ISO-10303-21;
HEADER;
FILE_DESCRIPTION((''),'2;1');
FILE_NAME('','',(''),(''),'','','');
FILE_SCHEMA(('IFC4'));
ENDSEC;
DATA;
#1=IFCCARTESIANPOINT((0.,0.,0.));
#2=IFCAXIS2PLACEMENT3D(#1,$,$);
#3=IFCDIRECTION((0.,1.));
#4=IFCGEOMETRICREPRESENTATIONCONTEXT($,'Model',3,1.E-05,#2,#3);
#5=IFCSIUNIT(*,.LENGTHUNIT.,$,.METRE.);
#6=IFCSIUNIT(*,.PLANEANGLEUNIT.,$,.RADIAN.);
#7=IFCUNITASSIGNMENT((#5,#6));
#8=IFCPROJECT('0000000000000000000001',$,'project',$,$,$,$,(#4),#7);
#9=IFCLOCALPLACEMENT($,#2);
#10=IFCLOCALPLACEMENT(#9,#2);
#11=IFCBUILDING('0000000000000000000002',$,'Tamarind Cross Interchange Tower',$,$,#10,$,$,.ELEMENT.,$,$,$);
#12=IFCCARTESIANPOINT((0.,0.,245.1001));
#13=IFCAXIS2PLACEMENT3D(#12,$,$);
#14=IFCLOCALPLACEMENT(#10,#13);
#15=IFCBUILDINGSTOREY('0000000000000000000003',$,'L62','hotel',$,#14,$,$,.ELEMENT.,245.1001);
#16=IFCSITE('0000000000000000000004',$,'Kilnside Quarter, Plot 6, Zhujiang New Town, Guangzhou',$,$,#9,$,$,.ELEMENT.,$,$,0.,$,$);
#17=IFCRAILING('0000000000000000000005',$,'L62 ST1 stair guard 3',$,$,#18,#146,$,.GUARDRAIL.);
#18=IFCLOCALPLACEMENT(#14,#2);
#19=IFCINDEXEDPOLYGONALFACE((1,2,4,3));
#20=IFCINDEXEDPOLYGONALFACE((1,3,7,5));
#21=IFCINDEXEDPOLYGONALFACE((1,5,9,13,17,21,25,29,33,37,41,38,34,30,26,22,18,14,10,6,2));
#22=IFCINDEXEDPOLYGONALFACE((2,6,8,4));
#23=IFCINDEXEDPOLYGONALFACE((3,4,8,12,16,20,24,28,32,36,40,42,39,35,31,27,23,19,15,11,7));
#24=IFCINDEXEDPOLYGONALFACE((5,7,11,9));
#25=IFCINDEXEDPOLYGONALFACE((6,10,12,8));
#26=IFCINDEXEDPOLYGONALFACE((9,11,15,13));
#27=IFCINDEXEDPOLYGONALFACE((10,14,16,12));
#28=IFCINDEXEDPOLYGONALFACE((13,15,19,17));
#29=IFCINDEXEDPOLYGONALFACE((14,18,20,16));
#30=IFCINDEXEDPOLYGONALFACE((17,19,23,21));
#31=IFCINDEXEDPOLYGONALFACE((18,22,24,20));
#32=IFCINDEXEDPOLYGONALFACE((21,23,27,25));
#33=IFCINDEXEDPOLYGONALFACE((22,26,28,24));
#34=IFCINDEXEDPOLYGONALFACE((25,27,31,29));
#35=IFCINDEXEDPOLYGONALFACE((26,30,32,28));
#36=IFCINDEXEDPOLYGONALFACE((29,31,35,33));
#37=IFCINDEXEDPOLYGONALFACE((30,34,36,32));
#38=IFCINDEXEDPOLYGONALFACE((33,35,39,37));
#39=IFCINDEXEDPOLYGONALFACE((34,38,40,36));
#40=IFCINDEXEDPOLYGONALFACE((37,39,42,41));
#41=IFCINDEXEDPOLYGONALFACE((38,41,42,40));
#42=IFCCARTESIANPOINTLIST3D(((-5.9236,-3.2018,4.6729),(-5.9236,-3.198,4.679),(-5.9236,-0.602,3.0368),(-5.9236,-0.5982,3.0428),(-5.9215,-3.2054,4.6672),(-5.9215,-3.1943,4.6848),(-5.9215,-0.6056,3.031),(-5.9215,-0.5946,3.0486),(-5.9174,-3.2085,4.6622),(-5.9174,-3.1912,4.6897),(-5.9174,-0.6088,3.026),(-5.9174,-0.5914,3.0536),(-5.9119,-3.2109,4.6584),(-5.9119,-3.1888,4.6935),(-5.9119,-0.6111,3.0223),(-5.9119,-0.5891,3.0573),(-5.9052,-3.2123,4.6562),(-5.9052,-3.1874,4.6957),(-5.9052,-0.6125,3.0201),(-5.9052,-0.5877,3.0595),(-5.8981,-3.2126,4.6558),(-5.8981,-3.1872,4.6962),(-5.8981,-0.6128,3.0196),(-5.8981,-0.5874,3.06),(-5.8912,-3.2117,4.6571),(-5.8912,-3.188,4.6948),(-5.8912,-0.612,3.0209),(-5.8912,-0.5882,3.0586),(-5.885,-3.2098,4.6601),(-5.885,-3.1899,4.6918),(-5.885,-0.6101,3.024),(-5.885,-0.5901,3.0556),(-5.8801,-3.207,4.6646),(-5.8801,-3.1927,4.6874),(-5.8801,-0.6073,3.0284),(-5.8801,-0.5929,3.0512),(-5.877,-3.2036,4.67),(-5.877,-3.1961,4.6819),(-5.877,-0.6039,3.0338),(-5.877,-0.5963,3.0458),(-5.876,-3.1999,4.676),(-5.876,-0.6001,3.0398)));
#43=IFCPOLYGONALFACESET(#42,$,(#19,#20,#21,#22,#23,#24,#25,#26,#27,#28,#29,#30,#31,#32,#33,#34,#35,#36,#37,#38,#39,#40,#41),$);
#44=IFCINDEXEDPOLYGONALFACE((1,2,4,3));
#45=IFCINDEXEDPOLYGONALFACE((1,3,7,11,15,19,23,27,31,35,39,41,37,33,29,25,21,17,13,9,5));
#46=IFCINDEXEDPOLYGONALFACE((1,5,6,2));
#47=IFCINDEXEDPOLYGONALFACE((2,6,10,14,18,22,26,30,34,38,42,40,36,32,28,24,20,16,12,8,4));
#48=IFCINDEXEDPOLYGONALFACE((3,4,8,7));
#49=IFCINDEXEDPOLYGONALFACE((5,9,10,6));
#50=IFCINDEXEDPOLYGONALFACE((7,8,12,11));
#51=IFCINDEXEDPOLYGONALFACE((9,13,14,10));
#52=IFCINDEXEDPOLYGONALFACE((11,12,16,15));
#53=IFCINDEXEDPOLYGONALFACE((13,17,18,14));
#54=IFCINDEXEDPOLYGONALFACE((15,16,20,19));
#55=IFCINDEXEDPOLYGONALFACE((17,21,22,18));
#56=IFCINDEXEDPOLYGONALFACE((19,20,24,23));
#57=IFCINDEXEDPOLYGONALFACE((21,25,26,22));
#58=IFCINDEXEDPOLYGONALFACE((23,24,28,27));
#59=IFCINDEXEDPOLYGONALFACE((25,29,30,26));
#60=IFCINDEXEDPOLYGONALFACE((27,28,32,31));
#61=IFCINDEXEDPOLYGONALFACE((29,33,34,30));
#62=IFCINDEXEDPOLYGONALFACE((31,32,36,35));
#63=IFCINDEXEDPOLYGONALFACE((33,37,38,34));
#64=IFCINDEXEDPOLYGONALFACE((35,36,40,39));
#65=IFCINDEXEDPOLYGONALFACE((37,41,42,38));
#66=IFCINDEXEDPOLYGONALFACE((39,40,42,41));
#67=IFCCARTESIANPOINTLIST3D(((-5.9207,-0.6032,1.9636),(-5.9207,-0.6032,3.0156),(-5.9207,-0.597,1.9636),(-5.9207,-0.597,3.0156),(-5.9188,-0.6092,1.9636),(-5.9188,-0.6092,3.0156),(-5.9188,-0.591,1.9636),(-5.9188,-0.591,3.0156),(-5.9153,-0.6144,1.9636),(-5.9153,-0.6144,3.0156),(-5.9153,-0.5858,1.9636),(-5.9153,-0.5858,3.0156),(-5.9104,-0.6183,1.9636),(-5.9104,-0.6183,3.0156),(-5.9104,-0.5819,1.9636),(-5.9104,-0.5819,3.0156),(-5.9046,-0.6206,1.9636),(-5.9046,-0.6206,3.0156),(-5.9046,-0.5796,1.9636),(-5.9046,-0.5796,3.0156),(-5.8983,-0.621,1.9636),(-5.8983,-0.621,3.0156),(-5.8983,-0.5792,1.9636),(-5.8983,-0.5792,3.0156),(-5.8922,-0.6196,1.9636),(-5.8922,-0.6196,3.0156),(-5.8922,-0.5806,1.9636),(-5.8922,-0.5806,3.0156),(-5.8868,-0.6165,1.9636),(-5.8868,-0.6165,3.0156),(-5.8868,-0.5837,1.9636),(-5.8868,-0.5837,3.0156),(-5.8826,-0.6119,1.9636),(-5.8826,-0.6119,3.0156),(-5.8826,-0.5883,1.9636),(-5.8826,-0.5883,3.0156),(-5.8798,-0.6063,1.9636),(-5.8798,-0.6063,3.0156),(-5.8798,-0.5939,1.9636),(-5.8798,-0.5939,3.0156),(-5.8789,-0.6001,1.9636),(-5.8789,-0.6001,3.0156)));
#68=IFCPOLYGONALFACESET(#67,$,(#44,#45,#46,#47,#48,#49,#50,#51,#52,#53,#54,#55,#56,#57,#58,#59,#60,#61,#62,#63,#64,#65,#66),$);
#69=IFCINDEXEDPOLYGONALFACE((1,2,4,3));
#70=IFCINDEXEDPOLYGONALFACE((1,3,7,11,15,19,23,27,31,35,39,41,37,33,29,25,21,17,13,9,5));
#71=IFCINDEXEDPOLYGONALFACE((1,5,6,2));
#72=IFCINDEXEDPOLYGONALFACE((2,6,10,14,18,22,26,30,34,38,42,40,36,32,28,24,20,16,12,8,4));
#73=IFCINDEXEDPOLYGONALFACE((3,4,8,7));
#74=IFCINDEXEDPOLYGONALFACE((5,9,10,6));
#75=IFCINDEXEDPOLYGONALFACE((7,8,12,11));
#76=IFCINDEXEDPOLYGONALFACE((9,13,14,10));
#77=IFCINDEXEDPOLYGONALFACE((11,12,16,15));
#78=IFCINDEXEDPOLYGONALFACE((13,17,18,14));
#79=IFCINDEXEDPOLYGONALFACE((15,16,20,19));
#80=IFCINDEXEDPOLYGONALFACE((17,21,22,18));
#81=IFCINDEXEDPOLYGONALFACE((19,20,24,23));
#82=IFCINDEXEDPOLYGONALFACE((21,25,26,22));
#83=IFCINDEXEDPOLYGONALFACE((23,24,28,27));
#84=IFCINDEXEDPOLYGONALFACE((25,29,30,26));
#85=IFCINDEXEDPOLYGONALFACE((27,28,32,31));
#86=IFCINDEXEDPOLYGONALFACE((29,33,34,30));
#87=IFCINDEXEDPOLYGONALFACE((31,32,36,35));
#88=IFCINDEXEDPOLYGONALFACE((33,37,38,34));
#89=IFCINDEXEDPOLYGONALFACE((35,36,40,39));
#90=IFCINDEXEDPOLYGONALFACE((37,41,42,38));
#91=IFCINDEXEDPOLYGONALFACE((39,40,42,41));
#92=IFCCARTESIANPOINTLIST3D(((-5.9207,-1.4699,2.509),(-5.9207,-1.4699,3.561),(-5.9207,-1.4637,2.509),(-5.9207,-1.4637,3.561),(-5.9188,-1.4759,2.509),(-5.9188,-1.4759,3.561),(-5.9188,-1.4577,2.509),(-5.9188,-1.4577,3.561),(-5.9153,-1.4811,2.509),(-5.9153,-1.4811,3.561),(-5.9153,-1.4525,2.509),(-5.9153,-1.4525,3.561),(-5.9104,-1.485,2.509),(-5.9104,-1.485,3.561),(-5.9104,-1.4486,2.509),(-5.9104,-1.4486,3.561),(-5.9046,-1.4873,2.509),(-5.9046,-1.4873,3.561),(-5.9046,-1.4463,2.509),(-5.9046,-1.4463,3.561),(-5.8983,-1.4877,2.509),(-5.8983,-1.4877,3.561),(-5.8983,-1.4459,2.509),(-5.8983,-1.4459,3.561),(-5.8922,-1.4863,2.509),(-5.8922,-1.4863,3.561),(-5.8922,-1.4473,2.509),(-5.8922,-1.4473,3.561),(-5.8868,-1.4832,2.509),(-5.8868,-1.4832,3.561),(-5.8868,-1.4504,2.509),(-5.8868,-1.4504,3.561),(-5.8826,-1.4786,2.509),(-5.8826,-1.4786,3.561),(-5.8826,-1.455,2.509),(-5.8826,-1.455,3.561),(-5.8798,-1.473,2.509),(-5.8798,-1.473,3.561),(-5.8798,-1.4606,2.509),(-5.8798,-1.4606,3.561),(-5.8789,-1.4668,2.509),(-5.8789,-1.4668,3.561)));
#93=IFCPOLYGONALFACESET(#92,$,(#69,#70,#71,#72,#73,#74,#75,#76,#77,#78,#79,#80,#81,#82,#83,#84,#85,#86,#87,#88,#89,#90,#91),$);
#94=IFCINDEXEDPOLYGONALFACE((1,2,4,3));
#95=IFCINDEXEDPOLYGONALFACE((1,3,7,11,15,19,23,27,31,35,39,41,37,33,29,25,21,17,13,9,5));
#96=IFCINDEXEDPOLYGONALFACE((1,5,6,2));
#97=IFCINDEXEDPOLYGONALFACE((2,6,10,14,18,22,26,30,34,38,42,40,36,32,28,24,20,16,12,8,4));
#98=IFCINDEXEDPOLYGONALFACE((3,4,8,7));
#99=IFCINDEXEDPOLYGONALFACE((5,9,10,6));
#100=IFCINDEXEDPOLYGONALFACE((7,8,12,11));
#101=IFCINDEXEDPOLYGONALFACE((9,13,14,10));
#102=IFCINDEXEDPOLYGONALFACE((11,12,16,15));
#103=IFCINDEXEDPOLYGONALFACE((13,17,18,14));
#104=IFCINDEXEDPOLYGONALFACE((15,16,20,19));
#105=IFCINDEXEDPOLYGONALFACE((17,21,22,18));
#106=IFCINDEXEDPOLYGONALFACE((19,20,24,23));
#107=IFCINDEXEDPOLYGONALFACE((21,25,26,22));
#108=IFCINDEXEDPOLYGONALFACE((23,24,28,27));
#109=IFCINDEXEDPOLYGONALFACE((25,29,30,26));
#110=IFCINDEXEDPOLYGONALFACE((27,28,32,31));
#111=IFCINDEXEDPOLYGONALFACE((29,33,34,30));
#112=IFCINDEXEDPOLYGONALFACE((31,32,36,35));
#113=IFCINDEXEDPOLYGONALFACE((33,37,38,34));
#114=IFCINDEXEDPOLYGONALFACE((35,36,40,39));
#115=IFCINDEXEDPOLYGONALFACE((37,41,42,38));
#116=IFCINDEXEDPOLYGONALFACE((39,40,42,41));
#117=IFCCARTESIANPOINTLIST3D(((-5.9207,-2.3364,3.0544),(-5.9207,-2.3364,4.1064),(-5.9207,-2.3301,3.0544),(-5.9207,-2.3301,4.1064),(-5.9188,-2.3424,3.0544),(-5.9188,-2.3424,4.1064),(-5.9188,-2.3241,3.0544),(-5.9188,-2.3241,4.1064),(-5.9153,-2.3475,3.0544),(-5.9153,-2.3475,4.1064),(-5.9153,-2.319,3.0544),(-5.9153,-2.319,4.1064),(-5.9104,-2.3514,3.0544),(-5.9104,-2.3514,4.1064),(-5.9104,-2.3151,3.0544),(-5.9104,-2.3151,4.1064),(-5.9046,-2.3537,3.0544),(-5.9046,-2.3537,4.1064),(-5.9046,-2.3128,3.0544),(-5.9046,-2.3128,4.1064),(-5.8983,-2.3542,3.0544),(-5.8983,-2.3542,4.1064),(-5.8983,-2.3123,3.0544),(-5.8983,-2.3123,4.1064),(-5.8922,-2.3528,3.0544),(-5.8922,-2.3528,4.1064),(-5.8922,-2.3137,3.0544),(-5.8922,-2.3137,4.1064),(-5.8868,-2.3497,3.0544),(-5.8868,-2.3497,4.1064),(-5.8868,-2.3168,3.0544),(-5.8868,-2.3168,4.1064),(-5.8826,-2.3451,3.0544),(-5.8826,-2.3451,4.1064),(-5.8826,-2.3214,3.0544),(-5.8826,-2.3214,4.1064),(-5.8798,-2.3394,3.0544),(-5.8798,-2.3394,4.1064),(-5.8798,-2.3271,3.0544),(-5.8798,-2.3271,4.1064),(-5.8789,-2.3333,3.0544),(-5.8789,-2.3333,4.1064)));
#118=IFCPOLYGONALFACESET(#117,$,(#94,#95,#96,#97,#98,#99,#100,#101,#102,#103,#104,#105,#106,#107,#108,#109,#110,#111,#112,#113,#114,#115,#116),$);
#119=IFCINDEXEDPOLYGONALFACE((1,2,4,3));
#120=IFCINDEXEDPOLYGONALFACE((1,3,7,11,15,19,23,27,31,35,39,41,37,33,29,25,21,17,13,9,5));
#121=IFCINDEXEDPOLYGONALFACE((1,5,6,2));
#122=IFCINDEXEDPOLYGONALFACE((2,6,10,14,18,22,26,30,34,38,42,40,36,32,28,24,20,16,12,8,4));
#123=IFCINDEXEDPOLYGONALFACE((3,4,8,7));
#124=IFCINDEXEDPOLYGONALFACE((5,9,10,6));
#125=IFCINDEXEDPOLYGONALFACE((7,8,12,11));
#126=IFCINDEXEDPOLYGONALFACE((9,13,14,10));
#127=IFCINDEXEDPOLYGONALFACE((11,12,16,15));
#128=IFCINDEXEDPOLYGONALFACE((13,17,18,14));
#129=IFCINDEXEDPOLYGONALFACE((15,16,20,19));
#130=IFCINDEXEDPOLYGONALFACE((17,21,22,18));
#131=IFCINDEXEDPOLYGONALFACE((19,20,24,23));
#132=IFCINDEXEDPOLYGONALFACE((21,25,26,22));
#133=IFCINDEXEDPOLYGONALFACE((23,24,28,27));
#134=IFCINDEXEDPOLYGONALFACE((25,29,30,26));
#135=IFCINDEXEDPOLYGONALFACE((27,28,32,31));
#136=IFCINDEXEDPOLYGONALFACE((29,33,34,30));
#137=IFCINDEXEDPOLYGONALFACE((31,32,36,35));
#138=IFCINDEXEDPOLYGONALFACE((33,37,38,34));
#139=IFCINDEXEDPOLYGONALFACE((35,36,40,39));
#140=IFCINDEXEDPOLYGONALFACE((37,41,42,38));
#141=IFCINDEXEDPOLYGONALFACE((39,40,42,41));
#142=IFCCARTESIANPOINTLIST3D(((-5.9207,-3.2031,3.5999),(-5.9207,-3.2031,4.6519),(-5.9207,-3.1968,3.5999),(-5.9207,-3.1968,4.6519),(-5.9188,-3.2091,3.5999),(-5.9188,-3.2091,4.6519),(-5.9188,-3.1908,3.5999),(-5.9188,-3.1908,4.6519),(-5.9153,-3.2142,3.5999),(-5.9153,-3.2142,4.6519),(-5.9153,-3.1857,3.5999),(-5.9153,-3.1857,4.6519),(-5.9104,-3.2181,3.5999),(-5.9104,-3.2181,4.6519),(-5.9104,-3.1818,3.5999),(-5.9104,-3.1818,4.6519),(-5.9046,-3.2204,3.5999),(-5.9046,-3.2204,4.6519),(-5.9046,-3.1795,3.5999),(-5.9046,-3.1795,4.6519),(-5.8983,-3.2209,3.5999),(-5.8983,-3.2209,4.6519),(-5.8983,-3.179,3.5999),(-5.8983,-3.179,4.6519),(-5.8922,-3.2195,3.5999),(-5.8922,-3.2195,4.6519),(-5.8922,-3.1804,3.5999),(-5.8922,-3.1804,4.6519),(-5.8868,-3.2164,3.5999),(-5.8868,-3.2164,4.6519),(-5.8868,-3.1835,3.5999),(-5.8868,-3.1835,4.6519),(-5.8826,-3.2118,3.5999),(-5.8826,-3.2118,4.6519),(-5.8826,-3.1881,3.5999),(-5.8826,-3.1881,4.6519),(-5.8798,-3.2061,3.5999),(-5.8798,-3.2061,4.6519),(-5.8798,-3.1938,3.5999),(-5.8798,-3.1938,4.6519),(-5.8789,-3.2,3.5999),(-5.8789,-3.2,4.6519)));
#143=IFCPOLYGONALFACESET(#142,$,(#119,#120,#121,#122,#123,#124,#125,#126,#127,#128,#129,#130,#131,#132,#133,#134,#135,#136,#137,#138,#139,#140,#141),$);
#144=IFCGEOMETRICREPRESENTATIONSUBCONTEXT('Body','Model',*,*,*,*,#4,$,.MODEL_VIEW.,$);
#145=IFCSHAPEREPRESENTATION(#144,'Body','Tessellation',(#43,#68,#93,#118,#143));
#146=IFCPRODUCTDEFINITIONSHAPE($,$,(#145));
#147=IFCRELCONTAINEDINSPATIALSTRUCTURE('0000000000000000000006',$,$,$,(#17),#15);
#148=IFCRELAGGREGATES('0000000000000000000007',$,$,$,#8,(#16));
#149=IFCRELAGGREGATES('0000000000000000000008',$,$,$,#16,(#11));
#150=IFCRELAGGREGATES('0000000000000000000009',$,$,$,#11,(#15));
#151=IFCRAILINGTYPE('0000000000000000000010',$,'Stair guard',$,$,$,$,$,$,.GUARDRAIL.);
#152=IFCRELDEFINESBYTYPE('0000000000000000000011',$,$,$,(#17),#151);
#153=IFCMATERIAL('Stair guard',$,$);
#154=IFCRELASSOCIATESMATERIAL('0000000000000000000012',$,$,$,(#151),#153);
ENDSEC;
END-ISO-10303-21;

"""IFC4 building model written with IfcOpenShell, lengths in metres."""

from ifc_helpers import new_model, si_unit, direction, frame, origin, origin_2d, place, context, subcontext, project, spatial, circle, extrude, material, type_object, element, save


model = new_model("IFC4")

# Units and contexts
model_context = context("Model", 3, precision=1e-05, world=origin(), true_north=direction((0.0, 1.0)))
body_context = subcontext(model_context, "Body", "Model", "MODEL_VIEW")
ifc_project = project(units=[si_unit("LENGTHUNIT", "METRE"), si_unit("PLANEANGLEUNIT", "RADIAN")], contexts=[model_context])

# Site, building, storey
site_placement = place(None, origin())
site = spatial("IfcSite", under=ifc_project, at=site_placement, Name="Kilnside Quarter, Plot 6, Zhujiang New Town, Guangzhou", CompositionType="ELEMENT", RefElevation=0.0)
building_placement = place(site_placement, origin())
building = spatial("IfcBuilding", under=site, at=building_placement, Name="Tamarind Cross Interchange Tower", CompositionType="ELEMENT")
storey_placement = place(building_placement, frame((0.0, 0.0, 245.1001)))
storey = spatial("IfcBuildingStorey", under=building, at=storey_placement, Name="L62", Description="hotel", CompositionType="ELEMENT", Elevation=245.1001)

# Railing
ifc_material_1 = material(Name="Stair guard")
railing_type_1 = type_object("IfcRailingType", Name="Stair guard", PredefinedType="GUARDRAIL", material=ifc_material_1)
railing_1_placement = place(storey_placement, frame((-5.8999, -0.6001, 1.9636)))
element("IfcRailing", 1, at=railing_1_placement, inside=storey, type_object=railing_type_1, Name="L62 ST1 stair guard 3", PredefinedType="GUARDRAIL", context=body_context, shape_type="SweptSolid", body=[
    extrude(circle(Radius=0.0239, at=origin_2d()), frame((0.0, 0.0, 1.0762), z_axis=(0.0, -0.846338, 0.532647), x_axis=(1.0, 0.0, 0.0)), (0.0, 0.0, 1.0), 3.0718),
    extrude(circle(Radius=0.021, at=origin_2d()), origin(), (0.0, 0.0, 1.0), 1.052),
    extrude(circle(Radius=0.021, at=origin_2d()), frame((0.0, -0.8667, 0.5454)), (0.0, 0.0, 1.0), 1.052),
    extrude(circle(Radius=0.021, at=origin_2d()), frame((0.0, -1.7332, 1.0908)), (0.0, 0.0, 1.0), 1.052),
    extrude(circle(Radius=0.021, at=origin_2d()), frame((0.0, -2.5999, 1.6362)), (0.0, 0.0, 1.0), 1.052),
])

save(model, "model.ifc")
